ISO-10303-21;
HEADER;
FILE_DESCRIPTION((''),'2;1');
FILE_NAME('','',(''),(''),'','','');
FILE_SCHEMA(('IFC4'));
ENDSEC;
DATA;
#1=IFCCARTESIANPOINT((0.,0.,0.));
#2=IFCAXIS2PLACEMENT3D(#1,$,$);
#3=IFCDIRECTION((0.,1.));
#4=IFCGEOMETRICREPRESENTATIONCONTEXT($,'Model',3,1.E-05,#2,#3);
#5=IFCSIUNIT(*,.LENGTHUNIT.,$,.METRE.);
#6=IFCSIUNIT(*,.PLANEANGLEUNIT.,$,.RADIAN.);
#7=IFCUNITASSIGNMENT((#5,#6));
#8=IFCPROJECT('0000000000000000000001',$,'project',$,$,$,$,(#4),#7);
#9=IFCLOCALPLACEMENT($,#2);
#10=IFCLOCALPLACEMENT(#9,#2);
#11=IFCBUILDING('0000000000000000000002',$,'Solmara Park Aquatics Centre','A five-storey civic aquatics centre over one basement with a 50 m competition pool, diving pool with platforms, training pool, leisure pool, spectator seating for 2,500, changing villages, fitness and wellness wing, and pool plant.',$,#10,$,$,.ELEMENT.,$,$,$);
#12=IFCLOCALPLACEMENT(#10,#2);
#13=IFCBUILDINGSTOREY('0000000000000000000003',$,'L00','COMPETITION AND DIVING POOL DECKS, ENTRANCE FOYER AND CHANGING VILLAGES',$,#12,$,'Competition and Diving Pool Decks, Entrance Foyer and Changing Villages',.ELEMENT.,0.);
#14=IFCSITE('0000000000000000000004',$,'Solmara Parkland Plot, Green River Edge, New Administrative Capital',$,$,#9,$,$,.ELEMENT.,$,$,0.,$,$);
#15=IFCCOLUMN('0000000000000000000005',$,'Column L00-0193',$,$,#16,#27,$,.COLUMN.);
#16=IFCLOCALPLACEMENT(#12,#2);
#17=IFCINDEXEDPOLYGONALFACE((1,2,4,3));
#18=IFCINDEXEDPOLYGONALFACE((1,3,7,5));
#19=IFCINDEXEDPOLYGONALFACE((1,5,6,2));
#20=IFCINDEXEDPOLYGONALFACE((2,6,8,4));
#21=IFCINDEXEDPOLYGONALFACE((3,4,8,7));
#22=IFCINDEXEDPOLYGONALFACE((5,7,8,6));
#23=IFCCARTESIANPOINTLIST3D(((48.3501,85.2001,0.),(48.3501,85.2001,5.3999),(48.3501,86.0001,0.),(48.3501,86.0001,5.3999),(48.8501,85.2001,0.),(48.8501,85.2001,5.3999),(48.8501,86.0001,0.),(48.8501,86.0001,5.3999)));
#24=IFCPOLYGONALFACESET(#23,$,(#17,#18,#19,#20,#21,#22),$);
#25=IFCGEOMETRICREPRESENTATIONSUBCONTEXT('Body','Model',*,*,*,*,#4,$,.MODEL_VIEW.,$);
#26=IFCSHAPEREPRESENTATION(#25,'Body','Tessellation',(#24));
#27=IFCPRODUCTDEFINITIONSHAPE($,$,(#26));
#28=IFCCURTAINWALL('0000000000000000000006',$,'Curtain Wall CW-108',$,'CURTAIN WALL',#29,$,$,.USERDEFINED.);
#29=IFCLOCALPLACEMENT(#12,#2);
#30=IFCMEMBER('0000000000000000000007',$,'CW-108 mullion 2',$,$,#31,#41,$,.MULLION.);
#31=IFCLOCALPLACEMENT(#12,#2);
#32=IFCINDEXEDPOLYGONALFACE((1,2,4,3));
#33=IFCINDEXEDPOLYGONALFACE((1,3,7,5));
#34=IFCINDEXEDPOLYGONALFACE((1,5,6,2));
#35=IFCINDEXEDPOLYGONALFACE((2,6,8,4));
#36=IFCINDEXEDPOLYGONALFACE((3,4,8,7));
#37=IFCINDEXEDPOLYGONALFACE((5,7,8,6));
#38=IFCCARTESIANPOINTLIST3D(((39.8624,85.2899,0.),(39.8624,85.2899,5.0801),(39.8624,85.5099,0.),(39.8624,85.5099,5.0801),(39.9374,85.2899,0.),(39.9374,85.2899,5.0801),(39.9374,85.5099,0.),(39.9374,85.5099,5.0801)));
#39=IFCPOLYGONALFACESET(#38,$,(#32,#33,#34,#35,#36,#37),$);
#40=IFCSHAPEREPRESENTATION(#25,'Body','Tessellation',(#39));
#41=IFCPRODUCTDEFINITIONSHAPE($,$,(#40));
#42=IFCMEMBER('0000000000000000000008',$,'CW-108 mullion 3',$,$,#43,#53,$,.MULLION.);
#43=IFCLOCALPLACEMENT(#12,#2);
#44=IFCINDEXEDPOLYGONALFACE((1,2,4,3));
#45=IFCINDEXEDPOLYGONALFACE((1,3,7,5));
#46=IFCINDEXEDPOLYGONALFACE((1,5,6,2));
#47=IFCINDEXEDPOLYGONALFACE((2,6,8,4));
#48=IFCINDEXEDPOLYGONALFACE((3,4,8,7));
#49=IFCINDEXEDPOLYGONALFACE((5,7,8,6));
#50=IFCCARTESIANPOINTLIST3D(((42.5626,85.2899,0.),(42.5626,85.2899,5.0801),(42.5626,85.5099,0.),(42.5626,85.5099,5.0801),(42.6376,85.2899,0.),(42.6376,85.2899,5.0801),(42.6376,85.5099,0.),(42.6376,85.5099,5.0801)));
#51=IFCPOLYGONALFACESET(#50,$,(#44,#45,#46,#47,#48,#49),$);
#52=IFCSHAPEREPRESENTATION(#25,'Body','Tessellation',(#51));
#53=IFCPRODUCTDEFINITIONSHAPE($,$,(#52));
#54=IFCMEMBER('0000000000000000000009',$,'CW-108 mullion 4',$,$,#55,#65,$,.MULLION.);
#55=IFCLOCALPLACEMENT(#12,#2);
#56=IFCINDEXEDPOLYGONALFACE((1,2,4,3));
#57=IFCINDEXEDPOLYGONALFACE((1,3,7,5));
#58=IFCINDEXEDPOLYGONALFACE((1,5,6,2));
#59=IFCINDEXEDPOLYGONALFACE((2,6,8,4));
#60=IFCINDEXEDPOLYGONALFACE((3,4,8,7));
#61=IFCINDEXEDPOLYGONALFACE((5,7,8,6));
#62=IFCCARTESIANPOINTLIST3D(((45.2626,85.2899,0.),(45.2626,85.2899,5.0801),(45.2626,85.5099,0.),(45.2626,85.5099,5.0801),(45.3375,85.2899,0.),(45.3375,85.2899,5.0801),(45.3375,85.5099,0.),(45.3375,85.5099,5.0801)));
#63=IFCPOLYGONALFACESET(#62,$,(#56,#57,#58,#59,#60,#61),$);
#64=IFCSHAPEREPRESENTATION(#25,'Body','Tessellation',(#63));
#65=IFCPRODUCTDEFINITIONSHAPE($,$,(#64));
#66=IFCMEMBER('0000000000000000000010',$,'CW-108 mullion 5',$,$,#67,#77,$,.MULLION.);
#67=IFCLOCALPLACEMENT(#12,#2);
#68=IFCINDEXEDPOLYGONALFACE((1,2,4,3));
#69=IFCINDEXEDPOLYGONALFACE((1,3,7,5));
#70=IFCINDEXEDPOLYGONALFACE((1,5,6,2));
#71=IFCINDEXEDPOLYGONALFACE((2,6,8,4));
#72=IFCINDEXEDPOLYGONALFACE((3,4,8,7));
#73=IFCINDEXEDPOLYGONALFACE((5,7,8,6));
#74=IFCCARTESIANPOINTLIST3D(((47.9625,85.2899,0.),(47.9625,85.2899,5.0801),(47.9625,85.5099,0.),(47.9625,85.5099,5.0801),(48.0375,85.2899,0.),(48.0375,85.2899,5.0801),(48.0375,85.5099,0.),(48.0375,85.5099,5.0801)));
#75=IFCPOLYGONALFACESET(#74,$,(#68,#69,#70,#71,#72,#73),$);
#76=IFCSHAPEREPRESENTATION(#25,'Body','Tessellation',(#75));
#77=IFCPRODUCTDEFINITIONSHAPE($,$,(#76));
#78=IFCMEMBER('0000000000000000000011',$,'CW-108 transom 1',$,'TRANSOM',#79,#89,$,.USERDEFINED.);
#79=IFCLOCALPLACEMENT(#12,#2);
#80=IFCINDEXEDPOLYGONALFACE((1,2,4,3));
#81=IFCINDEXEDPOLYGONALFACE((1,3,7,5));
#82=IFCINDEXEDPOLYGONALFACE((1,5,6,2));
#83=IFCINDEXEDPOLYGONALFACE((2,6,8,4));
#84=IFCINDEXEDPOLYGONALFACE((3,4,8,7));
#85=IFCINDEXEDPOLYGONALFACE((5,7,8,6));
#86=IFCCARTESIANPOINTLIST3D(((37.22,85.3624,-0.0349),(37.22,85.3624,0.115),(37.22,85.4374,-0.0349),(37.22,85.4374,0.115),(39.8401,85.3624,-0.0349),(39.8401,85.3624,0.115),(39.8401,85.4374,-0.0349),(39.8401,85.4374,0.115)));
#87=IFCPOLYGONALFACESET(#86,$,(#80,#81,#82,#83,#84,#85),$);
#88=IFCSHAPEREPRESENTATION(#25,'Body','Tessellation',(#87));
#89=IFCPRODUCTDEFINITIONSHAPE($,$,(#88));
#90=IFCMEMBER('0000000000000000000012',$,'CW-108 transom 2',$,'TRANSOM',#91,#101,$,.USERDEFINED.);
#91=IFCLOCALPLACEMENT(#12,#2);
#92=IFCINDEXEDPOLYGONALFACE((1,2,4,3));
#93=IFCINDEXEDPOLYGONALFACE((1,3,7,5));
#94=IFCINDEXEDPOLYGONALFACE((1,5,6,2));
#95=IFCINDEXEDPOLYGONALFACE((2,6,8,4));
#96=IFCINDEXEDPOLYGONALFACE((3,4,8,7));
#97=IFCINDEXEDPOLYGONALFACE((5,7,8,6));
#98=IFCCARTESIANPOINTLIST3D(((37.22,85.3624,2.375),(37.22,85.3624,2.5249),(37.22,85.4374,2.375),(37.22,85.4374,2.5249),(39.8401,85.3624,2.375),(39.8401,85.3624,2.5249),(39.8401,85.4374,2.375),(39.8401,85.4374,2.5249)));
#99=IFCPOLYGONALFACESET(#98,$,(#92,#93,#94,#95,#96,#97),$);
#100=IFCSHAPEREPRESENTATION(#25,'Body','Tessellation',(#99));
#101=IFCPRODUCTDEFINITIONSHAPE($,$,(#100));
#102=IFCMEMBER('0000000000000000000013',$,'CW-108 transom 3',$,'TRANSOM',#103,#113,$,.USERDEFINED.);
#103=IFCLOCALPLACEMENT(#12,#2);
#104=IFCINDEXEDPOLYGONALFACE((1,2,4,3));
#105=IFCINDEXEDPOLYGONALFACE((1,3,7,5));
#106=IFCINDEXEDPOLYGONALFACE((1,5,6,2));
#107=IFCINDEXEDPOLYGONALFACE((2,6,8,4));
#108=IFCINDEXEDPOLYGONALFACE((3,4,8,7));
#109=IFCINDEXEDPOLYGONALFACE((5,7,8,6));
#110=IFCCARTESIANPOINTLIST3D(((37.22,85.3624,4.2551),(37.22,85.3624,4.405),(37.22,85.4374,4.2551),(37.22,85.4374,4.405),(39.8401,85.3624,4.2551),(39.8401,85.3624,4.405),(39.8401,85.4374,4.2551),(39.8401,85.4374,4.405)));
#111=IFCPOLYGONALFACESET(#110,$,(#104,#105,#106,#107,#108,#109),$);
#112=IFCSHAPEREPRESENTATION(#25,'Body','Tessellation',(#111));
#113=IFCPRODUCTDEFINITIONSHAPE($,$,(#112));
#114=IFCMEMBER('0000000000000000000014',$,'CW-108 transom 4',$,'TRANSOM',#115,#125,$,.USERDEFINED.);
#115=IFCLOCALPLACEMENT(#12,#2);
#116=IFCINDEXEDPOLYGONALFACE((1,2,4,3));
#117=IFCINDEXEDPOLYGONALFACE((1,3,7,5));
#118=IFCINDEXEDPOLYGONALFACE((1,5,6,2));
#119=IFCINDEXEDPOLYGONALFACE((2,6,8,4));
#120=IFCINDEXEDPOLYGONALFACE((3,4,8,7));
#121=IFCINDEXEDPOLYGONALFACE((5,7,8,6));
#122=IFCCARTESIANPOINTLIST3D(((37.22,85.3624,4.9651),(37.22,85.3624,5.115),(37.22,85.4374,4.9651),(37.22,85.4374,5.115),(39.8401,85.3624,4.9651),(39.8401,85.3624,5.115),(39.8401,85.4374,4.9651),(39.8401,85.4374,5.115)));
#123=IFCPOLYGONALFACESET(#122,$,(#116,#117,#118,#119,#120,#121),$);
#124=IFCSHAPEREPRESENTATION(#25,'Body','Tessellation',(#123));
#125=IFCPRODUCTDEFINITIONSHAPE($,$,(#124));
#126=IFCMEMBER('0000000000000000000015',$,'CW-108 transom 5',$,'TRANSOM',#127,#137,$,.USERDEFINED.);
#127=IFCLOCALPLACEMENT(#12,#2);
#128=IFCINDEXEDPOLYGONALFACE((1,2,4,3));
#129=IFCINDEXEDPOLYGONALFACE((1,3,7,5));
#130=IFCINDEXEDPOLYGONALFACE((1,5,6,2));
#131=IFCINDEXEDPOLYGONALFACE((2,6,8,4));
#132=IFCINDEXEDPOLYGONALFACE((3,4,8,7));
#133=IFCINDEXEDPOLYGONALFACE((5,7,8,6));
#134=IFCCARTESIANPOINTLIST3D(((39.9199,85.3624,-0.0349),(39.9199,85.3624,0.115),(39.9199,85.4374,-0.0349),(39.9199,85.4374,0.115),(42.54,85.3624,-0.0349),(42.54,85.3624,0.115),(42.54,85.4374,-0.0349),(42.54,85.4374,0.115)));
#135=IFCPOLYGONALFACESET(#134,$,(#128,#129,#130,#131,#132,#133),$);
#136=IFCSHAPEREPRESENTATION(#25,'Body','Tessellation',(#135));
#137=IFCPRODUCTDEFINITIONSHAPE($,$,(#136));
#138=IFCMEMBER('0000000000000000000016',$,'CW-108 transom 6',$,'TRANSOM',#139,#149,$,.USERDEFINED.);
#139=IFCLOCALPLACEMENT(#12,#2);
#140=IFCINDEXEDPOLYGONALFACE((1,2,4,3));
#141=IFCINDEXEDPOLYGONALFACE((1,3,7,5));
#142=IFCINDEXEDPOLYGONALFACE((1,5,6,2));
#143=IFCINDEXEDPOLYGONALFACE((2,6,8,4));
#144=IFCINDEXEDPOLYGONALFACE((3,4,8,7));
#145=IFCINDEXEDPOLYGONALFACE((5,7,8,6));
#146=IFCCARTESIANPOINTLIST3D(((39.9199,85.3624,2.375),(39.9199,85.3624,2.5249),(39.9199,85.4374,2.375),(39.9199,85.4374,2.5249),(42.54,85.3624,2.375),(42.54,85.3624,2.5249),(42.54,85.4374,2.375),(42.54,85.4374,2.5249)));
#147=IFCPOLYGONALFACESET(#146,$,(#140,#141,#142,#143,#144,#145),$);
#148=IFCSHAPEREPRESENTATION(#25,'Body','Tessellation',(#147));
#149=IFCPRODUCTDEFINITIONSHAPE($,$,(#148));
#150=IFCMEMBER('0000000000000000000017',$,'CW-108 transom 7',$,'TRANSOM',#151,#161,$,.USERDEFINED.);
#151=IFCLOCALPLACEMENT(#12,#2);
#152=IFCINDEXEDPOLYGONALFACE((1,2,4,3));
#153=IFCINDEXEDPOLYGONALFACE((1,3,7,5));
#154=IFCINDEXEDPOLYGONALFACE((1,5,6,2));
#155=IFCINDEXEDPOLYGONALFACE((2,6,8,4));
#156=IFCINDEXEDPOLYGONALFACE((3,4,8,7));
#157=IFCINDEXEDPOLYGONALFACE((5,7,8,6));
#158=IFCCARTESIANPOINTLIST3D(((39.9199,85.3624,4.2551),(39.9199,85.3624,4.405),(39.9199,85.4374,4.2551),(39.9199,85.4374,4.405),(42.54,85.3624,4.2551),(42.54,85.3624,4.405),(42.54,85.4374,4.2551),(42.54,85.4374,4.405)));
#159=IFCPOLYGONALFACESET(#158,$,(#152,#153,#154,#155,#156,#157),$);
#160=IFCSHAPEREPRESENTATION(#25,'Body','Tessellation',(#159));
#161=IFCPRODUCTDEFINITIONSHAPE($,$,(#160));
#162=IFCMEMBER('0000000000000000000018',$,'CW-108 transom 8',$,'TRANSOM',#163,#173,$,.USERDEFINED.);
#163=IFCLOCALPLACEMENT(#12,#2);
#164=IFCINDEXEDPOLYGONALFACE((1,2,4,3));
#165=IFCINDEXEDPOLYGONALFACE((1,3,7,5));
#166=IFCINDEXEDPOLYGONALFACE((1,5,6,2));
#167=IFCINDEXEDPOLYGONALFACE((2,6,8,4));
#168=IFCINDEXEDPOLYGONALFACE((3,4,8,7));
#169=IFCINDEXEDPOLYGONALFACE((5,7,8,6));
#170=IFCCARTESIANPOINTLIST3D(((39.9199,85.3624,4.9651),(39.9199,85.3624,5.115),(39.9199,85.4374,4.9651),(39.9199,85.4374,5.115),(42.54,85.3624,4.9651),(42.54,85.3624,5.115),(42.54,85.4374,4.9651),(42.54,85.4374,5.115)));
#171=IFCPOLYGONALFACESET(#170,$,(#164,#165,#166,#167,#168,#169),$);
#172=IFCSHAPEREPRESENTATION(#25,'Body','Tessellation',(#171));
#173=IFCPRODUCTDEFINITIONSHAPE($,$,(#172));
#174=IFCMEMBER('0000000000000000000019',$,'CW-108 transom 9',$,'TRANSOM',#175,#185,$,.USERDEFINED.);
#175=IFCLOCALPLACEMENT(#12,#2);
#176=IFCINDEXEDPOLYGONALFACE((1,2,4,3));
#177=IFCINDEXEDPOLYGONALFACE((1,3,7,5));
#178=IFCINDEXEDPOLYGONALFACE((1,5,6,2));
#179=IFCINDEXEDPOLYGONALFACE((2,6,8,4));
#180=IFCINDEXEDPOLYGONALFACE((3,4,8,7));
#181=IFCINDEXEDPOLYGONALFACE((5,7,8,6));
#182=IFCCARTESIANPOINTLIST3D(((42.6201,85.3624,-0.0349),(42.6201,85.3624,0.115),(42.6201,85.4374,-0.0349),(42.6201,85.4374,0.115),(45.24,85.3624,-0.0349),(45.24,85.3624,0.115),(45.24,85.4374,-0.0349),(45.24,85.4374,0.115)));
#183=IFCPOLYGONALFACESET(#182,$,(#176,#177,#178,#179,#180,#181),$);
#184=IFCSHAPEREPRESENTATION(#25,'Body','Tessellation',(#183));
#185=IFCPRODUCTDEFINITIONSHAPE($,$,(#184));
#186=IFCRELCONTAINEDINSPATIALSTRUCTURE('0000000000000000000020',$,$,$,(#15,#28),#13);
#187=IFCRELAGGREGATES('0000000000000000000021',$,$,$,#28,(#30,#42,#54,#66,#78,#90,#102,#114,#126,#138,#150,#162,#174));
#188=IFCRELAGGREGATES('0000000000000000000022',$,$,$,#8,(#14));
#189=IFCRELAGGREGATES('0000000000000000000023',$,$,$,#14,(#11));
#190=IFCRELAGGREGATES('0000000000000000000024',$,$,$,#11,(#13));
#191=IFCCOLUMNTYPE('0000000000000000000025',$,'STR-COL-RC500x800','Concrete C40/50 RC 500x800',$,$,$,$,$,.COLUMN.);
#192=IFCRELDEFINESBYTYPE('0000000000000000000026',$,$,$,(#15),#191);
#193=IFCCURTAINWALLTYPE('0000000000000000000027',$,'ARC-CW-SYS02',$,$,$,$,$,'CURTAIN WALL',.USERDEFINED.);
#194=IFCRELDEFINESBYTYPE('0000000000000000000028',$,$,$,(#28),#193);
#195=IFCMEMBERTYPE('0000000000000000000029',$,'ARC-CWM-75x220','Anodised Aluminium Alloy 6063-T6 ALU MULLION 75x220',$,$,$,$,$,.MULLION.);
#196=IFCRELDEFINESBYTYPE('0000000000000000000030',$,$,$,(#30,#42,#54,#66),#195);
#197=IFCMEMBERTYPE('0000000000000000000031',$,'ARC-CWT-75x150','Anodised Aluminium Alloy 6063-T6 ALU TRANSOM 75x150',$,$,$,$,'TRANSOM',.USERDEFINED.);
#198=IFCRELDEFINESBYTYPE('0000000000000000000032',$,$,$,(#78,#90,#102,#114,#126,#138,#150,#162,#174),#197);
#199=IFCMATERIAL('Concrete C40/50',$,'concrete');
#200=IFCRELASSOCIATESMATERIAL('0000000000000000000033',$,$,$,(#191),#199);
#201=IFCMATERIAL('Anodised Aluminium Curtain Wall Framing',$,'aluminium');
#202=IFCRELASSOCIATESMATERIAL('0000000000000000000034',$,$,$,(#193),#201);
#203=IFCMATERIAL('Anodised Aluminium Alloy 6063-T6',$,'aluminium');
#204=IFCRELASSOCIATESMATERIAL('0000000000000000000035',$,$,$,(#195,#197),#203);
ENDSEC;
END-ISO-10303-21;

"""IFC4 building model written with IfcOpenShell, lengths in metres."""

from ifc_helpers import new_model, si_unit, direction, frame, origin, origin_2d, place, context, subcontext, project, spatial, rectangle, extrude, material, material_profile, profile_set, type_object, element, aggregate, save


model = new_model("IFC4")

# Units and contexts
model_context = context("Model", 3, precision=1e-05, world=origin(), true_north=direction((0.0, 1.0)))
body_context = subcontext(model_context, "Body", "Model", "MODEL_VIEW")
ifc_project = project(units=[si_unit("LENGTHUNIT", "METRE"), si_unit("PLANEANGLEUNIT", "RADIAN")], contexts=[model_context])

# Site, building, storey
site_placement = place(None, origin())
site = spatial("IfcSite", under=ifc_project, at=site_placement, Name="Solmara Parkland Plot, Green River Edge, New Administrative Capital", CompositionType="ELEMENT", RefElevation=0.0)
building_placement = place(site_placement, origin())
building = spatial("IfcBuilding", under=site, at=building_placement, Name="Solmara Park Aquatics Centre", Description="A five-storey civic aquatics centre over one basement with a 50 m competition pool, diving pool with platforms, training pool, leisure pool, spectator seating for 2,500, changing villages, fitness and wellness wing, and pool plant.", CompositionType="ELEMENT")
storey_placement = place(building_placement, origin())
storey = spatial("IfcBuildingStorey", under=building, at=storey_placement, Name="L00", Description="COMPETITION AND DIVING POOL DECKS, ENTRANCE FOYER AND CHANGING VILLAGES", LongName="Competition and Diving Pool Decks, Entrance Foyer and Changing Villages", CompositionType="ELEMENT", Elevation=0.0)

# Column
ifc_material_1 = material(Name="Concrete C40/50", Category="concrete")
ifc_material_profile_1 = material_profile(ifc_material_1, rectangle(XDim=0.5, YDim=0.8, at=origin_2d()), Name="RC 500x800")
ifc_profile_set_1 = profile_set([ifc_material_profile_1], Name="Concrete C40/50")
column_type = type_object("IfcColumnType", Name="STR-COL-RC500x800", Description="Concrete C40/50 RC 500x800", PredefinedType="COLUMN", material=ifc_profile_set_1)
column_placement = place(storey_placement, frame((48.6001, 85.6001, 0.0), z_axis=(0.0, 0.0, 1.0), x_axis=(1.0, 0.0, 0.0)))
element("IfcColumn", 1, at=column_placement, inside=storey, type_object=column_type, Name="Column L00-0193", PredefinedType="COLUMN", context=body_context, shape_type="SweptSolid", body=[
    extrude(rectangle(XDim=0.5, YDim=0.8, at=origin_2d()), origin(), (0.0, 0.0, 1.0), 5.3999),
])

# Curtain wall, members
ifc_material_2 = material(Name="Anodised Aluminium Curtain Wall Framing", Category="aluminium")
curtain_wall_type = type_object("IfcCurtainWallType", Name="ARC-CW-SYS02", ElementType="CURTAIN WALL", PredefinedType="USERDEFINED", material=ifc_material_2)
curtain_wall_placement = place(storey_placement, origin())
curtain_wall = element("IfcCurtainWall", 2, at=curtain_wall_placement, inside=storey, type_object=curtain_wall_type, Name="Curtain Wall CW-108", ObjectType="CURTAIN WALL", PredefinedType="USERDEFINED")
ifc_material_3 = material(Name="Anodised Aluminium Alloy 6063-T6", Category="aluminium")
ifc_material_profile_2 = material_profile(ifc_material_3, rectangle(XDim=0.075, YDim=0.22, at=origin_2d()), Name="ALU MULLION 75x220")
ifc_profile_set_2 = profile_set([ifc_material_profile_2], Name="Anodised Aluminium Alloy 6063-T6")
member_type_1 = type_object("IfcMemberType", Name="ARC-CWM-75x220", Description="Anodised Aluminium Alloy 6063-T6 ALU MULLION 75x220", PredefinedType="MULLION", material=ifc_profile_set_2)
member_1_placement = place(storey_placement, frame((39.8999, 85.3999, 0.0), z_axis=(0.0, 0.0, 1.0), x_axis=(1.0, 0.0, 0.0)))
member_1 = element("IfcMember", 3, at=member_1_placement, type_object=member_type_1, Name="CW-108 mullion 2", PredefinedType="MULLION", context=body_context, shape_type="SweptSolid", body=[
    extrude(rectangle(XDim=0.075, YDim=0.22, at=origin_2d()), origin(), (0.0, 0.0, 1.0), 5.0801),
])
member_2_placement = place(storey_placement, frame((42.6001, 85.3999, 0.0), z_axis=(0.0, 0.0, 1.0), x_axis=(1.0, 0.0, 0.0)))
member_2 = element("IfcMember", 4, at=member_2_placement, type_object=member_type_1, Name="CW-108 mullion 3", PredefinedType="MULLION", context=body_context, shape_type="SweptSolid", body=[
    extrude(rectangle(XDim=0.075, YDim=0.22, at=origin_2d()), origin(), (0.0, 0.0, 1.0), 5.0801),
])
member_3_placement = place(storey_placement, frame((45.3, 85.3999, 0.0), z_axis=(0.0, 0.0, 1.0), x_axis=(1.0, 0.0, 0.0)))
member_3 = element("IfcMember", 5, at=member_3_placement, type_object=member_type_1, Name="CW-108 mullion 4", PredefinedType="MULLION", context=body_context, shape_type="SweptSolid", body=[
    extrude(rectangle(XDim=0.075, YDim=0.22, at=origin_2d()), origin(), (0.0, 0.0, 1.0), 5.0801),
])
member_4_placement = place(storey_placement, frame((48.0, 85.3999, 0.0), z_axis=(0.0, 0.0, 1.0), x_axis=(1.0, 0.0, 0.0)))
member_4 = element("IfcMember", 6, at=member_4_placement, type_object=member_type_1, Name="CW-108 mullion 5", PredefinedType="MULLION", context=body_context, shape_type="SweptSolid", body=[
    extrude(rectangle(XDim=0.075, YDim=0.22, at=origin_2d()), origin(), (0.0, 0.0, 1.0), 5.0801),
])
ifc_material_profile_3 = material_profile(ifc_material_3, rectangle(XDim=0.075, YDim=0.1499, at=origin_2d()), Name="ALU TRANSOM 75x150")
ifc_profile_set_3 = profile_set([ifc_material_profile_3], Name="Anodised Aluminium Alloy 6063-T6")
member_type_2 = type_object("IfcMemberType", Name="ARC-CWT-75x150", Description="Anodised Aluminium Alloy 6063-T6 ALU TRANSOM 75x150", ElementType="TRANSOM", PredefinedType="USERDEFINED", material=ifc_profile_set_3)
member_5_placement = place(storey_placement, frame((37.22, 85.3999, 0.04), z_axis=(1.0, 0.0, 0.0), x_axis=(0.0, 1.0, 0.0)))
member_5 = element("IfcMember", 7, at=member_5_placement, type_object=member_type_2, Name="CW-108 transom 1", ObjectType="TRANSOM", PredefinedType="USERDEFINED", context=body_context, shape_type="SweptSolid", body=[
    extrude(rectangle(XDim=0.075, YDim=0.1499, at=origin_2d()), origin(), (0.0, 0.0, 1.0), 2.6201),
])
member_6_placement = place(storey_placement, frame((37.22, 85.3999, 2.45), z_axis=(1.0, 0.0, 0.0), x_axis=(0.0, 1.0, 0.0)))
member_6 = element("IfcMember", 8, at=member_6_placement, type_object=member_type_2, Name="CW-108 transom 2", ObjectType="TRANSOM", PredefinedType="USERDEFINED", context=body_context, shape_type="SweptSolid", body=[
    extrude(rectangle(XDim=0.075, YDim=0.1499, at=origin_2d()), origin(), (0.0, 0.0, 1.0), 2.6201),
])
member_7_placement = place(storey_placement, frame((37.22, 85.3999, 4.3301), z_axis=(1.0, 0.0, 0.0), x_axis=(0.0, 1.0, 0.0)))
member_7 = element("IfcMember", 9, at=member_7_placement, type_object=member_type_2, Name="CW-108 transom 3", ObjectType="TRANSOM", PredefinedType="USERDEFINED", context=body_context, shape_type="SweptSolid", body=[
    extrude(rectangle(XDim=0.075, YDim=0.1499, at=origin_2d()), origin(), (0.0, 0.0, 1.0), 2.6201),
])
member_8_placement = place(storey_placement, frame((37.22, 85.3999, 5.04), z_axis=(1.0, 0.0, 0.0), x_axis=(0.0, 1.0, 0.0)))
member_8 = element("IfcMember", 10, at=member_8_placement, type_object=member_type_2, Name="CW-108 transom 4", ObjectType="TRANSOM", PredefinedType="USERDEFINED", context=body_context, shape_type="SweptSolid", body=[
    extrude(rectangle(XDim=0.075, YDim=0.1499, at=origin_2d()), origin(), (0.0, 0.0, 1.0), 2.6201),
])
member_9_placement = place(storey_placement, frame((39.9199, 85.3999, 0.04), z_axis=(1.0, 0.0, 0.0), x_axis=(0.0, 1.0, 0.0)))
member_9 = element("IfcMember", 11, at=member_9_placement, type_object=member_type_2, Name="CW-108 transom 5", ObjectType="TRANSOM", PredefinedType="USERDEFINED", context=body_context, shape_type="SweptSolid", body=[
    extrude(rectangle(XDim=0.075, YDim=0.1499, at=origin_2d()), origin(), (0.0, 0.0, 1.0), 2.6201),
])
member_10_placement = place(storey_placement, frame((39.9199, 85.3999, 2.45), z_axis=(1.0, 0.0, 0.0), x_axis=(0.0, 1.0, 0.0)))
member_10 = element("IfcMember", 12, at=member_10_placement, type_object=member_type_2, Name="CW-108 transom 6", ObjectType="TRANSOM", PredefinedType="USERDEFINED", context=body_context, shape_type="SweptSolid", body=[
    extrude(rectangle(XDim=0.075, YDim=0.1499, at=origin_2d()), origin(), (0.0, 0.0, 1.0), 2.6201),
])
member_11_placement = place(storey_placement, frame((39.9199, 85.3999, 4.3301), z_axis=(1.0, 0.0, 0.0), x_axis=(0.0, 1.0, 0.0)))
member_11 = element("IfcMember", 13, at=member_11_placement, type_object=member_type_2, Name="CW-108 transom 7", ObjectType="TRANSOM", PredefinedType="USERDEFINED", context=body_context, shape_type="SweptSolid", body=[
    extrude(rectangle(XDim=0.075, YDim=0.1499, at=origin_2d()), origin(), (0.0, 0.0, 1.0), 2.6201),
])
member_12_placement = place(storey_placement, frame((39.9199, 85.3999, 5.04), z_axis=(1.0, 0.0, 0.0), x_axis=(0.0, 1.0, 0.0)))
member_12 = element("IfcMember", 14, at=member_12_placement, type_object=member_type_2, Name="CW-108 transom 8", ObjectType="TRANSOM", PredefinedType="USERDEFINED", context=body_context, shape_type="SweptSolid", body=[
    extrude(rectangle(XDim=0.075, YDim=0.1499, at=origin_2d()), origin(), (0.0, 0.0, 1.0), 2.6201),
])
member_13_placement = place(storey_placement, frame((42.6201, 85.3999, 0.04), z_axis=(1.0, 0.0, 0.0), x_axis=(0.0, 1.0, 0.0)))
member_13 = element("IfcMember", 15, at=member_13_placement, type_object=member_type_2, Name="CW-108 transom 9", ObjectType="TRANSOM", PredefinedType="USERDEFINED", context=body_context, shape_type="SweptSolid", body=[
    extrude(rectangle(XDim=0.075, YDim=0.1499, at=origin_2d()), origin(), (0.0, 0.0, 1.0), 2.6199),
])

aggregate(curtain_wall, [member_1, member_2, member_3, member_4, member_5, member_6, member_7, member_8, member_9, member_10, member_11, member_12, member_13])

save(model, "model.ifc")
